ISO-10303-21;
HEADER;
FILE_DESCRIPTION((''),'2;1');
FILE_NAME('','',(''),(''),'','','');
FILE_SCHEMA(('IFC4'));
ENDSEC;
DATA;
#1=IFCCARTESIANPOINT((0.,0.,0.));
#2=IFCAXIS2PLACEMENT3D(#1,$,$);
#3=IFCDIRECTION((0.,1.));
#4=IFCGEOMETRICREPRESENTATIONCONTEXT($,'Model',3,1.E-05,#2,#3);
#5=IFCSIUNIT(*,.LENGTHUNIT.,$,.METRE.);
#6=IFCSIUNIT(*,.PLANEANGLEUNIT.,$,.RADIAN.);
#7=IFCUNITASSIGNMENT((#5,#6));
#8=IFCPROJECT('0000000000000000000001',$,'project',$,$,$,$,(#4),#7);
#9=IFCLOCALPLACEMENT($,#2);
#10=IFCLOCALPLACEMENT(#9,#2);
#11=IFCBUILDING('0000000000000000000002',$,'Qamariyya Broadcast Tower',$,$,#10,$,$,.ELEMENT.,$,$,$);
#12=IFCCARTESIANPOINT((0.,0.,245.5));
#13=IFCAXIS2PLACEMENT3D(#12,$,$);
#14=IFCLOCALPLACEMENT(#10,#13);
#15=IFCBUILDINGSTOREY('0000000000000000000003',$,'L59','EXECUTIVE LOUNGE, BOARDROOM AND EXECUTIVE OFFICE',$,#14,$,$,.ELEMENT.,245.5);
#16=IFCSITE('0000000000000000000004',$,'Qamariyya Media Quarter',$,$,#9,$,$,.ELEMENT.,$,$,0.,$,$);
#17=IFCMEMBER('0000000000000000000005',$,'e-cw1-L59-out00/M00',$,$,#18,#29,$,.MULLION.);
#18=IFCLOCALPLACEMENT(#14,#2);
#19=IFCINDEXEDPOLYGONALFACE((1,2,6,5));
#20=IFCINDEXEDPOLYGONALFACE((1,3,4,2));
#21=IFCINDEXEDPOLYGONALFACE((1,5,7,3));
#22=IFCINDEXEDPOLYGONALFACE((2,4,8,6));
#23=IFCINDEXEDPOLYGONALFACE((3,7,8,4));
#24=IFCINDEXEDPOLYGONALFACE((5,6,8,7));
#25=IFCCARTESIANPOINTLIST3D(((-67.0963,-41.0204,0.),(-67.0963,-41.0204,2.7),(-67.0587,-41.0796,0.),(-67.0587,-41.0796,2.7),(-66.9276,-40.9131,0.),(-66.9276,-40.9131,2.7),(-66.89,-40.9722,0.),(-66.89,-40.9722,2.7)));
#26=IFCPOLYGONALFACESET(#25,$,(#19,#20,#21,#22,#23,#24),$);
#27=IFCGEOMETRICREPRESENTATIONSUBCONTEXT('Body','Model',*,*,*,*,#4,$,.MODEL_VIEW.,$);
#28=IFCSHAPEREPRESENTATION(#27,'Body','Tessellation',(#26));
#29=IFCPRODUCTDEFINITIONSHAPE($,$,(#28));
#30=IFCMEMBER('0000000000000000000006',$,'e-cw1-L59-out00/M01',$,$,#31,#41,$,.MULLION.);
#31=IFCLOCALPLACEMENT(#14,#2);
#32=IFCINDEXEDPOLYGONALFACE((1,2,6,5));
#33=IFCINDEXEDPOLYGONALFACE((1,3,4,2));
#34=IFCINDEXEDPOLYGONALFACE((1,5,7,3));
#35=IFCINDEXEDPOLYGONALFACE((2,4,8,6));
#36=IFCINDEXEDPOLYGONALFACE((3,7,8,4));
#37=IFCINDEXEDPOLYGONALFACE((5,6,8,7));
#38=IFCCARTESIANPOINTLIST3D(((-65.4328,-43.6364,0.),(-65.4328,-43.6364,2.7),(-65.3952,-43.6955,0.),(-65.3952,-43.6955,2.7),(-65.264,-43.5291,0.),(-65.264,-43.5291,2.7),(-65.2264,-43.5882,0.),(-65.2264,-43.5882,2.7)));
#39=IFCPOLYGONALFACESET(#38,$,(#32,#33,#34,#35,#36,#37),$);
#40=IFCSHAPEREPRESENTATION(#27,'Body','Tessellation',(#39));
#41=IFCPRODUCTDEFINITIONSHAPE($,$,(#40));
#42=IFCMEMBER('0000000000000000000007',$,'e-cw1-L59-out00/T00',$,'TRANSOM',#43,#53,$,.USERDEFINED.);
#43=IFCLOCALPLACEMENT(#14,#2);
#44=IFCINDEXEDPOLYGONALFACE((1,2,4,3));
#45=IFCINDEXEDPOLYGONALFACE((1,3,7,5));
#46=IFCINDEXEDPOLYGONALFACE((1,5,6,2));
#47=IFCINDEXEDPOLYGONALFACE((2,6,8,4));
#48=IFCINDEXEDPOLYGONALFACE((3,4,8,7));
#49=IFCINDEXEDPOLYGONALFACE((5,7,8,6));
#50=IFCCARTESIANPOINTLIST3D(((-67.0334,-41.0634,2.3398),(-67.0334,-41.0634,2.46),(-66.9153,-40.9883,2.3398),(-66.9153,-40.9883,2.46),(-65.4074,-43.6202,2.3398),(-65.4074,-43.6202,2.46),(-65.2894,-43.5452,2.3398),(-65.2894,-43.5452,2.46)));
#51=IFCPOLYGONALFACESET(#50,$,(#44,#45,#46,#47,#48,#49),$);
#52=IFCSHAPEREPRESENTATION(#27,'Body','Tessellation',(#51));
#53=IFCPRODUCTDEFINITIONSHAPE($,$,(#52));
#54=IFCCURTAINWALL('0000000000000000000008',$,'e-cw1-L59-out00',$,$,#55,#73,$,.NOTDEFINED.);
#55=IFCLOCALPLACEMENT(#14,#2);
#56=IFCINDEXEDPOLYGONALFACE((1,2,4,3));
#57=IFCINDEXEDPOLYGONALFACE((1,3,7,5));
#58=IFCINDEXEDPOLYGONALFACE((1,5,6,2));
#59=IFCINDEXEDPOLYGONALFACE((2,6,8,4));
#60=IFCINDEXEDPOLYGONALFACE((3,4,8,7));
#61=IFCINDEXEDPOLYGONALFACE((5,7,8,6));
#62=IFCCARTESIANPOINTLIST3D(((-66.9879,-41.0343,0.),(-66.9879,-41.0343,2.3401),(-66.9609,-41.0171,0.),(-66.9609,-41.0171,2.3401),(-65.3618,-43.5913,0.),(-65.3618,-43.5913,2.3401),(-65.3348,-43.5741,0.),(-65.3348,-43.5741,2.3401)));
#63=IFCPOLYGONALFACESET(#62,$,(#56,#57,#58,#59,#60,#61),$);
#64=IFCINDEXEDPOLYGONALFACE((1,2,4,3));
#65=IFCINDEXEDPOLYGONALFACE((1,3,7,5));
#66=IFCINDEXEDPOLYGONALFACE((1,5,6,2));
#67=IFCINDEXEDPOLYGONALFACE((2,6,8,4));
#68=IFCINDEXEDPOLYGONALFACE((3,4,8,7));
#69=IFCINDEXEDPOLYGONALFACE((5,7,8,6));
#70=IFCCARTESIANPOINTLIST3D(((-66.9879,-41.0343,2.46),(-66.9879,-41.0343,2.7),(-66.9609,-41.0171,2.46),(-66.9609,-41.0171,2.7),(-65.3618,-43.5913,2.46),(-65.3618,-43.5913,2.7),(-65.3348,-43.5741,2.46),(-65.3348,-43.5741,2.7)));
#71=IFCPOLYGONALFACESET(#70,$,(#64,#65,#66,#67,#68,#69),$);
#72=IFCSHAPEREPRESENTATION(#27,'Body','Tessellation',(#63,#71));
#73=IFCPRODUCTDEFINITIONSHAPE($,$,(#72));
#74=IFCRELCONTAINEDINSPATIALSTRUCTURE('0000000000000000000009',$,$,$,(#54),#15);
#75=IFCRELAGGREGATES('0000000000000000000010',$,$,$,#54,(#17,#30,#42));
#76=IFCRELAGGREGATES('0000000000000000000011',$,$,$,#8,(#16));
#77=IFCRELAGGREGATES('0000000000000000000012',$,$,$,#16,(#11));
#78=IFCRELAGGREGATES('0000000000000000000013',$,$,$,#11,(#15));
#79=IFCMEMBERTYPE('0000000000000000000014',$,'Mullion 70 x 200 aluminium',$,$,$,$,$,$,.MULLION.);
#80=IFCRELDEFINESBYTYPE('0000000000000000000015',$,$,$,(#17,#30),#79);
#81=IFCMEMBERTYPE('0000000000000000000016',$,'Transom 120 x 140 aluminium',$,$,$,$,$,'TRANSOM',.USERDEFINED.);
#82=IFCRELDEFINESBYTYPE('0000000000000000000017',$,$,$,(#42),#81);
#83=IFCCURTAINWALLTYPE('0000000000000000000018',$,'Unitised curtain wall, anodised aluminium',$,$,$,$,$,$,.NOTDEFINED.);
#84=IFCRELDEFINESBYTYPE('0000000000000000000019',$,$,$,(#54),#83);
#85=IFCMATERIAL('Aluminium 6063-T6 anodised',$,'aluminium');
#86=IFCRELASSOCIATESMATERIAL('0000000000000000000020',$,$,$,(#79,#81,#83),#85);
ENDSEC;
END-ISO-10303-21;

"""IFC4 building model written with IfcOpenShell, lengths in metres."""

from ifc_helpers import new_model, si_unit, direction, frame, origin, origin_2d, place, context, subcontext, project, spatial, rectangle, extrude, material, material_profile, profile_set, type_object, element, aggregate, save


model = new_model("IFC4")

# Units and contexts
model_context = context("Model", 3, precision=1e-05, world=origin(), true_north=direction((0.0, 1.0)))
body_context = subcontext(model_context, "Body", "Model", "MODEL_VIEW")
ifc_project = project(units=[si_unit("LENGTHUNIT", "METRE"), si_unit("PLANEANGLEUNIT", "RADIAN")], contexts=[model_context])

# Members
ifc_material = material(Name="Aluminium 6063-T6 anodised", Category="aluminium")
ifc_material_profile_1 = material_profile(ifc_material, rectangle(XDim=0.2, YDim=0.0701, at=origin_2d()))
ifc_profile_set_1 = profile_set([ifc_material_profile_1], Name="Aluminium 6063-T6 anodised")
member_type_1 = type_object("IfcMemberType", Name="Mullion 70 x 200 aluminium", PredefinedType="MULLION", material=ifc_profile_set_1)
site_placement = place(None, origin())
building_placement = place(site_placement, origin())
storey_placement = place(building_placement, frame((0.0, 0.0, 245.5)))
member_1_placement = place(storey_placement, frame((-66.9932, -40.9963, 0.0), z_axis=(0.0, 0.0, 1.0), x_axis=(0.843814, 0.536635, 0.0)))
member_1 = element("IfcMember", 1, at=member_1_placement, type_object=member_type_1, Name="e-cw1-L59-out00/M00", PredefinedType="MULLION", context=body_context, shape_type="SweptSolid", body=[
    extrude(rectangle(XDim=0.2, YDim=0.0701, at=origin_2d()), origin(), (0.0, 0.0, 1.0), 2.7),
])
member_2_placement = place(storey_placement, frame((-65.3296, -43.6123, 0.0), z_axis=(0.0, 0.0, 1.0), x_axis=(0.843814, 0.536635, 0.0)))
member_2 = element("IfcMember", 2, at=member_2_placement, type_object=member_type_1, Name="e-cw1-L59-out00/M01", PredefinedType="MULLION", context=body_context, shape_type="SweptSolid", body=[
    extrude(rectangle(XDim=0.2, YDim=0.0701, at=origin_2d()), origin(), (0.0, 0.0, 1.0), 2.7),
])
ifc_material_profile_2 = material_profile(ifc_material, rectangle(XDim=0.1399, YDim=0.1201, at=origin_2d()))
ifc_profile_set_2 = profile_set([ifc_material_profile_2], Name="Aluminium 6063-T6 anodised")
member_type_2 = type_object("IfcMemberType", Name="Transom 120 x 140 aluminium", ElementType="TRANSOM", PredefinedType="USERDEFINED", material=ifc_profile_set_2)
member_3_placement = place(storey_placement, frame((-66.9744, -41.0259, 2.3999), z_axis=(0.53661, -0.843831, 0.0), x_axis=(0.843831, 0.53661, 0.0)))
member_3 = element("IfcMember", 3, at=member_3_placement, type_object=member_type_2, Name="e-cw1-L59-out00/T00", ObjectType="TRANSOM", PredefinedType="USERDEFINED", context=body_context, shape_type="SweptSolid", body=[
    extrude(rectangle(XDim=0.1399, YDim=0.1201, at=origin_2d()), origin(), (0.0, 0.0, 1.0), 3.03),
])

# Site, building, storey
site = spatial("IfcSite", under=ifc_project, at=site_placement, Name="Qamariyya Media Quarter", CompositionType="ELEMENT", RefElevation=0.0)
building = spatial("IfcBuilding", under=site, at=building_placement, Name="Qamariyya Broadcast Tower", CompositionType="ELEMENT")
storey = spatial("IfcBuildingStorey", under=building, at=storey_placement, Name="L59", Description="EXECUTIVE LOUNGE, BOARDROOM AND EXECUTIVE OFFICE", CompositionType="ELEMENT", Elevation=245.5)

# Curtain wall
curtain_wall_type = type_object("IfcCurtainWallType", Name="Unitised curtain wall, anodised aluminium", PredefinedType="NOTDEFINED", material=ifc_material)
curtain_wall_1_placement = place(storey_placement, origin())
curtain_wall_1 = element("IfcCurtainWall", 4, at=curtain_wall_1_placement, inside=storey, type_object=curtain_wall_type, Name="e-cw1-L59-out00", PredefinedType="NOTDEFINED", context=body_context, shape_type="SweptSolid", body=[
    extrude(rectangle(XDim=3.0303, YDim=0.032, at=origin_2d()), frame((-66.1614, -42.3042, 0.0), x_axis=(0.536621, -0.843823, 0.0)), (0.0, 0.0, 1.0), 2.3401),
    extrude(rectangle(XDim=3.0303, YDim=0.032, at=origin_2d()), frame((-66.1614, -42.3042, 2.46), x_axis=(0.536621, -0.843823, 0.0)), (0.0, 0.0, 1.0), 0.24),
])
aggregate(curtain_wall_1, [member_1, member_2, member_3])

save(model, "model.ifc")
